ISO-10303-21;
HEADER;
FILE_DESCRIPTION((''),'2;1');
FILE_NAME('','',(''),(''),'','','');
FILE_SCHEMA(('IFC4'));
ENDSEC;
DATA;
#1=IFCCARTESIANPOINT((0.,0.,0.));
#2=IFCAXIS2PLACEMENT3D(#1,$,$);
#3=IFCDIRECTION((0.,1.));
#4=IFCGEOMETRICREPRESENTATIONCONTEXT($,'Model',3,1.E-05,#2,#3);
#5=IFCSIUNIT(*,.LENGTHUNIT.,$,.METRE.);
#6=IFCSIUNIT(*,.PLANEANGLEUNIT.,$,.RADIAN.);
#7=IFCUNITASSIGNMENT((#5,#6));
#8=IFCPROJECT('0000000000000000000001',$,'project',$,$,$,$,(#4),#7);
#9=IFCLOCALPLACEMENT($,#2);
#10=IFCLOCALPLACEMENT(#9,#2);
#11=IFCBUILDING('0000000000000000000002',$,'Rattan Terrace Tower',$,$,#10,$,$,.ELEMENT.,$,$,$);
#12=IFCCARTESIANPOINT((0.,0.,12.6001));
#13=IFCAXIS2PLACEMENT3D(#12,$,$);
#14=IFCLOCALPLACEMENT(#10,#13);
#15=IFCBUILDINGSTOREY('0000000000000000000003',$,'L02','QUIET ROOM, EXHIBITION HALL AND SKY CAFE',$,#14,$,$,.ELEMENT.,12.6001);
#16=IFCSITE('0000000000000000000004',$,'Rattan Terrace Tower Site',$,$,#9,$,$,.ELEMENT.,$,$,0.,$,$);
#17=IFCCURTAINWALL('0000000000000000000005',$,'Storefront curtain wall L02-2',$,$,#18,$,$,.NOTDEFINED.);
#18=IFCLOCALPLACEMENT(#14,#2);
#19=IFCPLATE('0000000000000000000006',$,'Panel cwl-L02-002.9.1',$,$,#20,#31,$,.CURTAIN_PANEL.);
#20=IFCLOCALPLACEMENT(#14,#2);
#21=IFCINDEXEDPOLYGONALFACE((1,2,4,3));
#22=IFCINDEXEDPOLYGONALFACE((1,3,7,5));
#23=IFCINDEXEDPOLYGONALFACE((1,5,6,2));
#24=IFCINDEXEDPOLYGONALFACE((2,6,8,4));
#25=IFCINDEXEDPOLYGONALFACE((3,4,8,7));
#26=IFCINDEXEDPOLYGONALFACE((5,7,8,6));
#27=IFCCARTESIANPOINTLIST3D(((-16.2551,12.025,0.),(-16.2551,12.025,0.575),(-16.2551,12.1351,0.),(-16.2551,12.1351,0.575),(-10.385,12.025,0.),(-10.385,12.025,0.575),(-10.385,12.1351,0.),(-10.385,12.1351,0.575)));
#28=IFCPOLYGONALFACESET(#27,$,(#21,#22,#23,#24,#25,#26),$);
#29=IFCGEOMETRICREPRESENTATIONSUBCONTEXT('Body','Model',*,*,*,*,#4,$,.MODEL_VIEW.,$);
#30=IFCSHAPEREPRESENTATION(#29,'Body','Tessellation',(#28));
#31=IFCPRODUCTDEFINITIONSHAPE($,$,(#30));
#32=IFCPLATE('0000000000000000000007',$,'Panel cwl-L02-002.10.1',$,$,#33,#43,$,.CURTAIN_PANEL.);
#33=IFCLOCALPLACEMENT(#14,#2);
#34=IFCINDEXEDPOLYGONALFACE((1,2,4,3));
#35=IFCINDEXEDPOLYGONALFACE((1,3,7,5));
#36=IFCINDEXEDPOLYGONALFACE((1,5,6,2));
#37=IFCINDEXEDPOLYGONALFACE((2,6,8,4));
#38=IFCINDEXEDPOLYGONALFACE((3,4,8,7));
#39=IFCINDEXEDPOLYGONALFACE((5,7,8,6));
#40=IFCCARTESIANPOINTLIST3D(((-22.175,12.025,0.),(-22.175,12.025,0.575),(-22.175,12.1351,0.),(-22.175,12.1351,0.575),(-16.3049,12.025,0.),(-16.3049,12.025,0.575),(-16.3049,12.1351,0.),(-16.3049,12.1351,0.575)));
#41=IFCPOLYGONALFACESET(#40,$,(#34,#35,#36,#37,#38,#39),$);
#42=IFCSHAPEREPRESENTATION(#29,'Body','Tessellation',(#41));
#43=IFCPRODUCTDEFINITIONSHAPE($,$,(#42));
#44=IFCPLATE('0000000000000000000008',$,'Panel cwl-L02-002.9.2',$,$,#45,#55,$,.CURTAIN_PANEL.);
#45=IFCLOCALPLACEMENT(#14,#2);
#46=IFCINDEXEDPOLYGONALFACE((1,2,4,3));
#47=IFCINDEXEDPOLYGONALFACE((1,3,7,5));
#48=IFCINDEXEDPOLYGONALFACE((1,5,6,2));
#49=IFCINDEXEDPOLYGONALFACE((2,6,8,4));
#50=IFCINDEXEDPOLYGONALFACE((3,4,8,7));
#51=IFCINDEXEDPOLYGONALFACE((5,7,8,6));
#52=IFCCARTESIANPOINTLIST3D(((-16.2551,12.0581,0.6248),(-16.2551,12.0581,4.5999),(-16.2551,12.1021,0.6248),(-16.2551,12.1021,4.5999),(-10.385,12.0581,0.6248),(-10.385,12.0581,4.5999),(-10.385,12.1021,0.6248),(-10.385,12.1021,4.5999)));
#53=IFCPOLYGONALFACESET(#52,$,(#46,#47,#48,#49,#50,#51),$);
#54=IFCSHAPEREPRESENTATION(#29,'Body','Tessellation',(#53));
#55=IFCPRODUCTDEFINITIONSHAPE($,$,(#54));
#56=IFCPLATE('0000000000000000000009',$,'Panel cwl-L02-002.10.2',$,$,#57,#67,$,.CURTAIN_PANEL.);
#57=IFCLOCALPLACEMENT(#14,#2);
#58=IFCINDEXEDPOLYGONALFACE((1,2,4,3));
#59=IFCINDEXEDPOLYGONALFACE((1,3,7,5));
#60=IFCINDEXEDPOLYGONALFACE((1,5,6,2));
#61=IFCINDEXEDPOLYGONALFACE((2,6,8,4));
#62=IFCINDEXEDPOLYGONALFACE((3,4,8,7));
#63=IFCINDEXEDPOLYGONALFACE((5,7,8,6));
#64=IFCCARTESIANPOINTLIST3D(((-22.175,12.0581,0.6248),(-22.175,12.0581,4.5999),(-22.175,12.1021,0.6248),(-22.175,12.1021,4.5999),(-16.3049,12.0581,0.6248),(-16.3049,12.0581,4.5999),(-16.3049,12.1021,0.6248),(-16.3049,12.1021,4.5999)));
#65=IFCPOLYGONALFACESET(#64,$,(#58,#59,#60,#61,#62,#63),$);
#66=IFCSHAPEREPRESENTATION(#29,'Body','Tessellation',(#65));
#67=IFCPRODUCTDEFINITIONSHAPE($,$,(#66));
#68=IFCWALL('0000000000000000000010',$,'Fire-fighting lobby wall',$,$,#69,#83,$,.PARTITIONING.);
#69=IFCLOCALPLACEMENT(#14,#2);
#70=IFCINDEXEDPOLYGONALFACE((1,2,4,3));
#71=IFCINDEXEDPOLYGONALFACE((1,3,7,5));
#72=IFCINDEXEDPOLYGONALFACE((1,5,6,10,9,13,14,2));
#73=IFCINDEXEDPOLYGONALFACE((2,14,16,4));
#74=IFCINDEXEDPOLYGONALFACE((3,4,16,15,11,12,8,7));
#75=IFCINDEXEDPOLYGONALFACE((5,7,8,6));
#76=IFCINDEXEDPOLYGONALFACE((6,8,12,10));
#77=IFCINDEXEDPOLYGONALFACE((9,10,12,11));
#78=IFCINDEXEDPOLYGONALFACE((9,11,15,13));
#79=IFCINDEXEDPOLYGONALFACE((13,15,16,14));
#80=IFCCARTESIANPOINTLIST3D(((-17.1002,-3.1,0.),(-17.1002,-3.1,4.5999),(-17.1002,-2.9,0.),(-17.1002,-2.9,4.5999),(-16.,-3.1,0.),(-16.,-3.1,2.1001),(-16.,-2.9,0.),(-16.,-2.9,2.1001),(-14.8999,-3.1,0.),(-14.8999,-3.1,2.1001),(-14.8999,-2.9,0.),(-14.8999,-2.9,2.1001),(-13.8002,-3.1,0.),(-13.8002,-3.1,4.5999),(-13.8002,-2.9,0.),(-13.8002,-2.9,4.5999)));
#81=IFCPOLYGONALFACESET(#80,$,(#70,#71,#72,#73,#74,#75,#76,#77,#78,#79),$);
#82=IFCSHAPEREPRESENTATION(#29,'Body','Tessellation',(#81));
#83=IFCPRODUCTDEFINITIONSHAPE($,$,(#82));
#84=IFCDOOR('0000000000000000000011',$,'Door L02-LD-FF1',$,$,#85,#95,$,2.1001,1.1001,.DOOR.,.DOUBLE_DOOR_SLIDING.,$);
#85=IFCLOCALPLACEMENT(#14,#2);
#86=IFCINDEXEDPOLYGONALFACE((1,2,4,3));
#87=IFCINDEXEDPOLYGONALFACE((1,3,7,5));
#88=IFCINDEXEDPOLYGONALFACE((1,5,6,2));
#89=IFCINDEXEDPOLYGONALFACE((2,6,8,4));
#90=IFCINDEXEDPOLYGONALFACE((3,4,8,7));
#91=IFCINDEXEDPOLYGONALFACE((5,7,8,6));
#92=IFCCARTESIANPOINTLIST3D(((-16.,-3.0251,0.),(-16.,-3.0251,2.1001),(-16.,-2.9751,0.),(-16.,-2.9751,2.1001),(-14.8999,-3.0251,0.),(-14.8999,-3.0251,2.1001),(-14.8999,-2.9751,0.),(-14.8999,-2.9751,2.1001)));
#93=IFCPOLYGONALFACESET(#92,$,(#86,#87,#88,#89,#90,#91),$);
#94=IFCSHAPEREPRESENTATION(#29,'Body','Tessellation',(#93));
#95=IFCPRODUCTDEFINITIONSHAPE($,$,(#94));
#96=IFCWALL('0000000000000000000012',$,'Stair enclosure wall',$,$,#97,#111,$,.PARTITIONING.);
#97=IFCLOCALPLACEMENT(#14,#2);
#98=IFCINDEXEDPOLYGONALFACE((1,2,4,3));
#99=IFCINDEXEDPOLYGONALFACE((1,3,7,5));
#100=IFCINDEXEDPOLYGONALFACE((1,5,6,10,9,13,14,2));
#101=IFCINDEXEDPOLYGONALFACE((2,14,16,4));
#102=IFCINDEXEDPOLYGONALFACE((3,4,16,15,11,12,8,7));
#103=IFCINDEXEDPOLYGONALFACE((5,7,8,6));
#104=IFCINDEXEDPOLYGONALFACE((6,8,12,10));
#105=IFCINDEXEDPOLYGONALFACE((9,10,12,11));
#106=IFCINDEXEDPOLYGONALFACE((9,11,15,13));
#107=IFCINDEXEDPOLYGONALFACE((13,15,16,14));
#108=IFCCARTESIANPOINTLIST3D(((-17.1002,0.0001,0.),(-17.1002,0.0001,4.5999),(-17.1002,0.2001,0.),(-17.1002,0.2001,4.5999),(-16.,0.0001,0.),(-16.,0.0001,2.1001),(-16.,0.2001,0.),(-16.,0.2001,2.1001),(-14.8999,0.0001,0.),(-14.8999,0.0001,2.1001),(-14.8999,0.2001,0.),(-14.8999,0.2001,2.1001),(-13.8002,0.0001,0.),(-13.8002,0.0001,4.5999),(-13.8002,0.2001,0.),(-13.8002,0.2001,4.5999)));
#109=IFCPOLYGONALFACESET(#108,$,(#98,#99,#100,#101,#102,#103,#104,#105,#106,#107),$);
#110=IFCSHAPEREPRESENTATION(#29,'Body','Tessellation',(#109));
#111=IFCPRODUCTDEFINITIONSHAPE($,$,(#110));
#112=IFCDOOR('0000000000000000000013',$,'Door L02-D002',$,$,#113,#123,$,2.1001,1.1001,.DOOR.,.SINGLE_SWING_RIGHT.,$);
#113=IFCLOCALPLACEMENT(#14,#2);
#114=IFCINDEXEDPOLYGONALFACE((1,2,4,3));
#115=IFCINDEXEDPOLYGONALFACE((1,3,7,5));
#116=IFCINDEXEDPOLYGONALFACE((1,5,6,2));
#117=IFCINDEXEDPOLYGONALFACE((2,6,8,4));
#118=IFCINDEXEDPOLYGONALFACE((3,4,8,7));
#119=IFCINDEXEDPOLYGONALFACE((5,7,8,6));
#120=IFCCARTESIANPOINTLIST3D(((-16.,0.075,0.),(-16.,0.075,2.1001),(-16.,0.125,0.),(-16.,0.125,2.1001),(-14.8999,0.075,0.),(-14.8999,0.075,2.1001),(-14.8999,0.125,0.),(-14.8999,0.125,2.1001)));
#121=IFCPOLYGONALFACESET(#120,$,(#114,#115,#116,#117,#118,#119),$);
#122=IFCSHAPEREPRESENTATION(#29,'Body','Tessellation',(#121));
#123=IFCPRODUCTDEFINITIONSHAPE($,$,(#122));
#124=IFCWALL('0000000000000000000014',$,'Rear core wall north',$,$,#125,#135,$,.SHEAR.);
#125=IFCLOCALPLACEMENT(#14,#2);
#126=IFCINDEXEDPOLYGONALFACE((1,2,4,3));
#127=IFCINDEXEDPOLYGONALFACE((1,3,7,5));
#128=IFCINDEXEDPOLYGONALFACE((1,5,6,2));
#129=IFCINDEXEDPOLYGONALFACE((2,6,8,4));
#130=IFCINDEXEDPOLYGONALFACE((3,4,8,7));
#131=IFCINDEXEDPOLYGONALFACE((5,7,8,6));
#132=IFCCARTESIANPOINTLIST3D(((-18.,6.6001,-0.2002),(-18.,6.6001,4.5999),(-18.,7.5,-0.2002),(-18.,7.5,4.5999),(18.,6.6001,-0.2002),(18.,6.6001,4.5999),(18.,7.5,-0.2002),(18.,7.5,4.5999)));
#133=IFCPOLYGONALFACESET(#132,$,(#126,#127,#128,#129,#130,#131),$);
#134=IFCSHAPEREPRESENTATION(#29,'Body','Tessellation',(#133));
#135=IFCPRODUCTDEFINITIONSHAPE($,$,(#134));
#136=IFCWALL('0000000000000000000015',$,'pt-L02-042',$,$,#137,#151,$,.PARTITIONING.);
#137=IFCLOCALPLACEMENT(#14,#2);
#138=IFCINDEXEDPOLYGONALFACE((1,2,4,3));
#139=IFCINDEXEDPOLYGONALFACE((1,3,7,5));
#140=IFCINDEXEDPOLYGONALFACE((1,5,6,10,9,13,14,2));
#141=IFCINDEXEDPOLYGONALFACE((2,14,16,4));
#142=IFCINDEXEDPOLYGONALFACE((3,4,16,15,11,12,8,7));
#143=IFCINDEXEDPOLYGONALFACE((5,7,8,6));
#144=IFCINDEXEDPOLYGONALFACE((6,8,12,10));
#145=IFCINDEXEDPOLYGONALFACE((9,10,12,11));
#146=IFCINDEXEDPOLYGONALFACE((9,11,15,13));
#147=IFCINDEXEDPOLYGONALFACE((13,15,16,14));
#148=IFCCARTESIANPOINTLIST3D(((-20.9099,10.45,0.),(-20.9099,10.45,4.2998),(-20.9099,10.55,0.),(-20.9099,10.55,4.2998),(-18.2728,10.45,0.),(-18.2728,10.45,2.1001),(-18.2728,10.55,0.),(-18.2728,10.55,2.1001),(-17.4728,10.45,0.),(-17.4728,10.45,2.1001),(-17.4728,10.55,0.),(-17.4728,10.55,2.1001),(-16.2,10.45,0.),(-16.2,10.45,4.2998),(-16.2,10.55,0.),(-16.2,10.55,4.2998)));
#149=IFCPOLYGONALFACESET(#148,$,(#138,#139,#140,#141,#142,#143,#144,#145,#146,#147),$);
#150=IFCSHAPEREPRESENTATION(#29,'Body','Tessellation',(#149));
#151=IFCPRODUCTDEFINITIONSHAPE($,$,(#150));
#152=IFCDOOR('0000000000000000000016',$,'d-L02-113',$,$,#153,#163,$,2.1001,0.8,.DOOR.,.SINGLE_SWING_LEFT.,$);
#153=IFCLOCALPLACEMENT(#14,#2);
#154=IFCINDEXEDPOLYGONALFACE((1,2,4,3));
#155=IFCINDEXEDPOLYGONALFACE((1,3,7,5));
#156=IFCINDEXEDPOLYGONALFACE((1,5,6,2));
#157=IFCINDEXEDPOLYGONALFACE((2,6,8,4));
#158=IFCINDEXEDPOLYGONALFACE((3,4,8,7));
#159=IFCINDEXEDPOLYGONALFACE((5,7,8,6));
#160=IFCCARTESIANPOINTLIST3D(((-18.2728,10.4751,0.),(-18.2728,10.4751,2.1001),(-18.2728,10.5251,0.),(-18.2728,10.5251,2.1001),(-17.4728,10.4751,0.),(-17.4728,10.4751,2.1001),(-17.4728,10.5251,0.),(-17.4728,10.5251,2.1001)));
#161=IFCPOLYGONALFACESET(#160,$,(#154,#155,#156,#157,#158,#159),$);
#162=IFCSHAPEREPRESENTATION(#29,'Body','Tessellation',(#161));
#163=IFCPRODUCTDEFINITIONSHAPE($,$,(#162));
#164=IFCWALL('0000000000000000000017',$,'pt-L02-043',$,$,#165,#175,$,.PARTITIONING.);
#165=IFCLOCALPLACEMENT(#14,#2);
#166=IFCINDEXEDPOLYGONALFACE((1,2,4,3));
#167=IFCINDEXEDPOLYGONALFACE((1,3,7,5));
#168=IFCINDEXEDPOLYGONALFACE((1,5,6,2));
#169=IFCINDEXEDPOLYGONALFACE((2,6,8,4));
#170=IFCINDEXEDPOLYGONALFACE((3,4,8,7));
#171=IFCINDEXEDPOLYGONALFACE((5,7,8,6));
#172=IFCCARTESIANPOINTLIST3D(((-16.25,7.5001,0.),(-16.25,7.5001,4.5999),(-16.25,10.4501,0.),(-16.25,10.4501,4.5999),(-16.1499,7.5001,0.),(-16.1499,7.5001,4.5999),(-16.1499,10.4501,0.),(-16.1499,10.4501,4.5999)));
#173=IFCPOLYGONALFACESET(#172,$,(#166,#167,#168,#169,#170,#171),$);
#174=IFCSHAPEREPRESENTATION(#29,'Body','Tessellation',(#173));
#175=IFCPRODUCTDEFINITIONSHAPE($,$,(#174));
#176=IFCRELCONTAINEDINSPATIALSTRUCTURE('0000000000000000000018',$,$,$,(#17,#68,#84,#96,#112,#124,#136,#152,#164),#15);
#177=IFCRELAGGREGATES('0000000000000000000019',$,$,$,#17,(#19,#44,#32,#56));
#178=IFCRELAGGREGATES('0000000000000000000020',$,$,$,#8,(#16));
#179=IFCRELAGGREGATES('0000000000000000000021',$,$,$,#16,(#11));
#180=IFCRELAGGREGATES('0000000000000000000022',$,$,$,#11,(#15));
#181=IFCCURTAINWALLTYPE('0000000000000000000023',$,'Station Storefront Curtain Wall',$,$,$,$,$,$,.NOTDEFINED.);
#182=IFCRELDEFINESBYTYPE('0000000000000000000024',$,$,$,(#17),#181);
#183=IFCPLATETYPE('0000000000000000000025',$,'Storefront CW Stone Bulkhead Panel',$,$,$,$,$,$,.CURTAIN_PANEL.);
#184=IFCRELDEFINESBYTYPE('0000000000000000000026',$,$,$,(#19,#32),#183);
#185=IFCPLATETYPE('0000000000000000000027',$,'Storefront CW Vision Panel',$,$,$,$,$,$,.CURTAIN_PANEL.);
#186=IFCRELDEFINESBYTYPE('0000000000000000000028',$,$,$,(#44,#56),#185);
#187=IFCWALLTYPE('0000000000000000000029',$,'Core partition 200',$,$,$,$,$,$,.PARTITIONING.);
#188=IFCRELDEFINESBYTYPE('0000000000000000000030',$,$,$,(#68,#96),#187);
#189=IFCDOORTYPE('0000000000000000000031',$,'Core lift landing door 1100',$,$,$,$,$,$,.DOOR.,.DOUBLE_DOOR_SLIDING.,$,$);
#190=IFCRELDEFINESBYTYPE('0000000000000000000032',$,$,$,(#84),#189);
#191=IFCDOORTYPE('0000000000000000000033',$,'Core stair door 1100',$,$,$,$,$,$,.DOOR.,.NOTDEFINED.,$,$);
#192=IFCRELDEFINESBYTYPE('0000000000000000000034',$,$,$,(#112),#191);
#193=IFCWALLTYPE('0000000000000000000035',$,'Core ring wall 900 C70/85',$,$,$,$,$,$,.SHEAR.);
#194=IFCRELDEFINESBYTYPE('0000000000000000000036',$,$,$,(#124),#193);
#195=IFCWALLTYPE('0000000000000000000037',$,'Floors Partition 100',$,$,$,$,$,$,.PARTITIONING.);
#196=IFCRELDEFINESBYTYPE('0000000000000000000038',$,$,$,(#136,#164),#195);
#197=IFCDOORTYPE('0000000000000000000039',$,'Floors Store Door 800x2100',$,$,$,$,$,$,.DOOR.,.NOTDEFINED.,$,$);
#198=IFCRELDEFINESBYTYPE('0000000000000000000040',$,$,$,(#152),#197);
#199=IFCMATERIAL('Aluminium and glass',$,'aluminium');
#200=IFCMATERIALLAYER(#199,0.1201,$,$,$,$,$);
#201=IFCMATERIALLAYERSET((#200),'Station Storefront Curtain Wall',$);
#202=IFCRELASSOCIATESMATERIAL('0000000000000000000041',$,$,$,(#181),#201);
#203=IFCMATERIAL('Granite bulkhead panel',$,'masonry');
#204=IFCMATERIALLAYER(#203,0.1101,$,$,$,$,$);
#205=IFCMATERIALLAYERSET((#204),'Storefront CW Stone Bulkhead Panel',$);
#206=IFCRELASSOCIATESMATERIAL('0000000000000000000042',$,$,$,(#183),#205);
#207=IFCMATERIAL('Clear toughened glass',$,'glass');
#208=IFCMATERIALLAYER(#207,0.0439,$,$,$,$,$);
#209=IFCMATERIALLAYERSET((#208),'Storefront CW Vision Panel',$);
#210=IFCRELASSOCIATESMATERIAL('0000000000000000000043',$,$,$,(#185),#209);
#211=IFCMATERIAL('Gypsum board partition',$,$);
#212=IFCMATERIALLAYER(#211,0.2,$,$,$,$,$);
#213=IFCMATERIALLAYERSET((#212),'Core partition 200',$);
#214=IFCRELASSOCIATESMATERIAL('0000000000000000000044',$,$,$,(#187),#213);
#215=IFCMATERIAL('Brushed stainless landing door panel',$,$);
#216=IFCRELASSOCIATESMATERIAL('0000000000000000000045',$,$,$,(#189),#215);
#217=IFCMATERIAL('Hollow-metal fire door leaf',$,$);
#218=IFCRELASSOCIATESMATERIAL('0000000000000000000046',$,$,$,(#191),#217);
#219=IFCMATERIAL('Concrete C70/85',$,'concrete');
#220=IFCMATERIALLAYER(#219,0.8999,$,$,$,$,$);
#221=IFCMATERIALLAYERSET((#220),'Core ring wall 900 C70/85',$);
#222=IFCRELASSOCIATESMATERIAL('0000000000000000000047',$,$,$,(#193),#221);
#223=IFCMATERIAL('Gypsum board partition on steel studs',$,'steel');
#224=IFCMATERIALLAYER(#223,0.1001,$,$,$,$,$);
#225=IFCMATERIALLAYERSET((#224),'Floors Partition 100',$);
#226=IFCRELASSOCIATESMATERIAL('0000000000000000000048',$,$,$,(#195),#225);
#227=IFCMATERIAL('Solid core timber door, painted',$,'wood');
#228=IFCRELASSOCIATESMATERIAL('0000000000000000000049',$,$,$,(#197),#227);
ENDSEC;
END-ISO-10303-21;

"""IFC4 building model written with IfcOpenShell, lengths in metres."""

from ifc_helpers import new_model, si_unit, direction, frame, frame_2d, origin, origin_2d, place, context, subcontext, project, spatial, rectangle, extrude, material, layer, layer_set, type_object, element, fill, aggregate, save


model = new_model("IFC4")

# Units and contexts
model_context = context("Model", 3, precision=1e-05, world=origin(), true_north=direction((0.0, 1.0)))
body_context = subcontext(model_context, "Body", "Model", "MODEL_VIEW")
ifc_project = project(units=[si_unit("LENGTHUNIT", "METRE"), si_unit("PLANEANGLEUNIT", "RADIAN")], contexts=[model_context])

# Site, building, storey
site_placement = place(None, origin())
site = spatial("IfcSite", under=ifc_project, at=site_placement, Name="Rattan Terrace Tower Site", CompositionType="ELEMENT", RefElevation=0.0)
building_placement = place(site_placement, origin())
building = spatial("IfcBuilding", under=site, at=building_placement, Name="Rattan Terrace Tower", CompositionType="ELEMENT")
storey_placement = place(building_placement, frame((0.0, 0.0, 12.6001)))
storey = spatial("IfcBuildingStorey", under=building, at=storey_placement, Name="L02", Description="QUIET ROOM, EXHIBITION HALL AND SKY CAFE", CompositionType="ELEMENT", Elevation=12.6001)

# Curtain wall, plates
ifc_material_1 = material(Name="Aluminium and glass", Category="aluminium")
ifc_layer_1 = layer(ifc_material_1, 0.1201)
ifc_layer_set_1 = layer_set([ifc_layer_1], Name="Station Storefront Curtain Wall")
curtain_wall_type = type_object("IfcCurtainWallType", Name="Station Storefront Curtain Wall", PredefinedType="NOTDEFINED", material=ifc_layer_set_1)
curtain_wall_placement = place(storey_placement, origin())
curtain_wall = element("IfcCurtainWall", 1, at=curtain_wall_placement, inside=storey, type_object=curtain_wall_type, Name="Storefront curtain wall L02-2", PredefinedType="NOTDEFINED")
ifc_material_2 = material(Name="Granite bulkhead panel", Category="masonry")
ifc_layer_2 = layer(ifc_material_2, 0.1101)
ifc_layer_set_2 = layer_set([ifc_layer_2], Name="Storefront CW Stone Bulkhead Panel")
plate_type_1 = type_object("IfcPlateType", Name="Storefront CW Stone Bulkhead Panel", PredefinedType="CURTAIN_PANEL", material=ifc_layer_set_2)
plate_1_placement = place(storey_placement, frame((-13.3201, 12.0801, 0.0), z_axis=(0.0, 0.0, 1.0), x_axis=(-1.0, 0.0, 0.0)))
plate_1 = element("IfcPlate", 2, at=plate_1_placement, type_object=plate_type_1, Name="Panel cwl-L02-002.9.1", PredefinedType="CURTAIN_PANEL", context=body_context, shape_type="SweptSolid", body=[
    extrude(rectangle(XDim=5.8701, YDim=0.1101, at=origin_2d()), origin(), (0.0, 0.0, 1.0), 0.575),
])
plate_2_placement = place(storey_placement, frame((-19.24, 12.0801, 0.0), z_axis=(0.0, 0.0, 1.0), x_axis=(-1.0, 0.0, 0.0)))
plate_2 = element("IfcPlate", 3, at=plate_2_placement, type_object=plate_type_1, Name="Panel cwl-L02-002.10.1", PredefinedType="CURTAIN_PANEL", context=body_context, shape_type="SweptSolid", body=[
    extrude(rectangle(XDim=5.8701, YDim=0.1101, at=origin_2d()), origin(), (0.0, 0.0, 1.0), 0.575),
])
ifc_material_3 = material(Name="Clear toughened glass", Category="glass")
ifc_layer_3 = layer(ifc_material_3, 0.0439)
ifc_layer_set_3 = layer_set([ifc_layer_3], Name="Storefront CW Vision Panel")
plate_type_2 = type_object("IfcPlateType", Name="Storefront CW Vision Panel", PredefinedType="CURTAIN_PANEL", material=ifc_layer_set_3)
plate_3_placement = place(storey_placement, frame((-13.3201, 12.0801, 0.6248), z_axis=(0.0, 0.0, 1.0), x_axis=(-1.0, 0.0, 0.0)))
plate_3 = element("IfcPlate", 4, at=plate_3_placement, type_object=plate_type_2, Name="Panel cwl-L02-002.9.2", PredefinedType="CURTAIN_PANEL", context=body_context, shape_type="SweptSolid", body=[
    extrude(rectangle(XDim=5.8701, YDim=0.0439, at=origin_2d()), origin(), (0.0, 0.0, 1.0), 3.9751),
])
plate_4_placement = place(storey_placement, frame((-19.24, 12.0801, 0.6248), z_axis=(0.0, 0.0, 1.0), x_axis=(-1.0, 0.0, 0.0)))
plate_4 = element("IfcPlate", 5, at=plate_4_placement, type_object=plate_type_2, Name="Panel cwl-L02-002.10.2", PredefinedType="CURTAIN_PANEL", context=body_context, shape_type="SweptSolid", body=[
    extrude(rectangle(XDim=5.8701, YDim=0.0439, at=origin_2d()), origin(), (0.0, 0.0, 1.0), 3.9751),
])
aggregate(curtain_wall, [plate_1, plate_3, plate_2, plate_4])

# Walls, openings, doors
ifc_material_4 = material(Name="Gypsum board partition")
ifc_layer_4 = layer(ifc_material_4, 0.2)
ifc_layer_set_4 = layer_set([ifc_layer_4], Name="Core partition 200")
wall_type_1 = type_object("IfcWallType", Name="Core partition 200", PredefinedType="PARTITIONING", material=ifc_layer_set_4)
wall_1_placement = place(storey_placement, frame((-17.1001, -3.0, 0.0), z_axis=(0.0, 0.0, 1.0), x_axis=(1.0, 0.0, 0.0)))
wall_1 = element("IfcWall", 6, at=wall_1_placement, inside=storey, type_object=wall_type_1, Name="Fire-fighting lobby wall", PredefinedType="PARTITIONING", context=body_context, shape_type="SweptSolid", body=[
    extrude(rectangle(XDim=3.3, YDim=0.2, at=frame_2d((1.6499, 0.0))), origin(), (0.0, 0.0, 1.0), 4.5999),
])
opening_1_placement = place(wall_1_placement, frame((1.1001, 0.0, 0.0)))
opening_1 = element("IfcOpeningElement", 7, at=opening_1_placement, cuts=wall_1, PredefinedType="OPENING", context=body_context, shape_type="SweptSolid", body=[
    extrude(rectangle(XDim=1.1001, YDim=2.1001, at=frame_2d((0.55, 1.05))), frame((0.0, 0.1106, 0.0), z_axis=(0.0, -1.0, 0.0), x_axis=(1.0, 0.0, 0.0)), (0.0, 0.0, 1.0), 0.2209),
])
ifc_material_5 = material(Name="Brushed stainless landing door panel")
door_type_1 = type_object("IfcDoorType", Name="Core lift landing door 1100", OperationType="DOUBLE_DOOR_SLIDING", PredefinedType="DOOR", material=ifc_material_5)
door_1_placement = place(opening_1_placement, origin())
door_1 = element("IfcDoor", 8, at=door_1_placement, inside=storey, type_object=door_type_1, Name="Door L02-LD-FF1", OperationType="DOUBLE_DOOR_SLIDING", OverallHeight=2.1001, OverallWidth=1.1001, PredefinedType="DOOR", context=body_context, shape_type="SweptSolid", body=[
    extrude(rectangle(XDim=1.1001, YDim=2.1001, at=frame_2d((0.55, 1.05))), frame((0.0, 0.0249, 0.0), z_axis=(0.0, -1.0, 0.0), x_axis=(1.0, 0.0, 0.0)), (0.0, 0.0, 1.0), 0.05),
])
fill(opening_1, door_1)
wall_2_placement = place(storey_placement, frame((-17.1001, 0.1001, 0.0), z_axis=(0.0, 0.0, 1.0), x_axis=(1.0, 0.0, 0.0)))
wall_2 = element("IfcWall", 9, at=wall_2_placement, inside=storey, type_object=wall_type_1, Name="Stair enclosure wall", PredefinedType="PARTITIONING", context=body_context, shape_type="SweptSolid", body=[
    extrude(rectangle(XDim=3.3, YDim=0.2, at=frame_2d((1.6499, 0.0))), origin(), (0.0, 0.0, 1.0), 4.5999),
])
opening_2_placement = place(wall_2_placement, frame((1.1001, 0.0, 0.0)))
opening_2 = element("IfcOpeningElement", 10, at=opening_2_placement, cuts=wall_2, PredefinedType="OPENING", context=body_context, shape_type="SweptSolid", body=[
    extrude(rectangle(XDim=1.1001, YDim=2.1001, at=frame_2d((0.55, 1.05))), frame((0.0, 0.1106, 0.0), z_axis=(0.0, -1.0, 0.0), x_axis=(1.0, 0.0, 0.0)), (0.0, 0.0, 1.0), 0.2209),
])
ifc_material_6 = material(Name="Hollow-metal fire door leaf")
door_type_2 = type_object("IfcDoorType", Name="Core stair door 1100", OperationType="NOTDEFINED", PredefinedType="DOOR", material=ifc_material_6)
door_2_placement = place(opening_2_placement, origin())
door_2 = element("IfcDoor", 11, at=door_2_placement, inside=storey, type_object=door_type_2, Name="Door L02-D002", OperationType="SINGLE_SWING_RIGHT", OverallHeight=2.1001, OverallWidth=1.1001, PredefinedType="DOOR", context=body_context, shape_type="SweptSolid", body=[
    extrude(rectangle(XDim=1.1001, YDim=2.1001, at=frame_2d((0.55, 1.05))), frame((0.0, 0.0249, 0.0), z_axis=(0.0, -1.0, 0.0), x_axis=(1.0, 0.0, 0.0)), (0.0, 0.0, 1.0), 0.05),
])
fill(opening_2, door_2)

# Wall
ifc_material_7 = material(Name="Concrete C70/85", Category="concrete")
ifc_layer_5 = layer(ifc_material_7, 0.8999)
ifc_layer_set_5 = layer_set([ifc_layer_5], Name="Core ring wall 900 C70/85")
wall_type_2 = type_object("IfcWallType", Name="Core ring wall 900 C70/85", PredefinedType="SHEAR", material=ifc_layer_set_5)
wall_3_placement = place(storey_placement, frame((-18.0, 7.05, -0.2002), z_axis=(0.0, 0.0, 1.0), x_axis=(1.0, 0.0, 0.0)))
element("IfcWall", 12, at=wall_3_placement, inside=storey, type_object=wall_type_2, Name="Rear core wall north", PredefinedType="SHEAR", context=body_context, shape_type="SweptSolid", body=[
    extrude(rectangle(XDim=36.0, YDim=0.8999, at=frame_2d((18.0, 0.0))), origin(), (0.0, 0.0, 1.0), 4.8),
])

# Wall, opening, door
ifc_material_8 = material(Name="Gypsum board partition on steel studs", Category="steel")
ifc_layer_6 = layer(ifc_material_8, 0.1001)
ifc_layer_set_6 = layer_set([ifc_layer_6], Name="Floors Partition 100")
wall_type_3 = type_object("IfcWallType", Name="Floors Partition 100", PredefinedType="PARTITIONING", material=ifc_layer_set_6)
wall_4_placement = place(storey_placement, frame((-16.2, 10.5, 0.0), z_axis=(0.0, 0.0, 1.0), x_axis=(-1.0, 0.0, 0.0)))
wall_4 = element("IfcWall", 13, at=wall_4_placement, inside=storey, type_object=wall_type_3, Name="pt-L02-042", PredefinedType="PARTITIONING", context=body_context, shape_type="SweptSolid", body=[
    extrude(rectangle(XDim=4.71, YDim=0.1001, at=frame_2d((2.355, 0.0))), origin(), (0.0, 0.0, 1.0), 4.2998),
])
opening_3_placement = place(wall_4_placement, frame((1.2729, 0.0, 0.0)))
opening_3 = element("IfcOpeningElement", 14, at=opening_3_placement, cuts=wall_4, PredefinedType="OPENING", context=body_context, shape_type="SweptSolid", body=[
    extrude(rectangle(XDim=0.8, YDim=2.1001, at=frame_2d((0.3999, 1.05))), frame((0.0, 0.0605, 0.0), z_axis=(0.0, -1.0, 0.0), x_axis=(1.0, 0.0, 0.0)), (0.0, 0.0, 1.0), 0.1211),
])
ifc_material_9 = material(Name="Solid core timber door, painted", Category="wood")
door_type_3 = type_object("IfcDoorType", Name="Floors Store Door 800x2100", OperationType="NOTDEFINED", PredefinedType="DOOR", material=ifc_material_9)
door_3_placement = place(opening_3_placement, origin())
door_3 = element("IfcDoor", 15, at=door_3_placement, inside=storey, type_object=door_type_3, Name="d-L02-113", OperationType="SINGLE_SWING_LEFT", OverallHeight=2.1001, OverallWidth=0.8, PredefinedType="DOOR", context=body_context, shape_type="SweptSolid", body=[
    extrude(rectangle(XDim=0.8, YDim=2.1001, at=frame_2d((0.3999, 1.05))), frame((0.0, 0.0249, 0.0), z_axis=(0.0, -1.0, 0.0), x_axis=(1.0, 0.0, 0.0)), (0.0, 0.0, 1.0), 0.05),
])
fill(opening_3, door_3)

# Wall
wall_5_placement = place(storey_placement, frame((-16.2, 7.5, 0.0), z_axis=(0.0, 0.0, 1.0), x_axis=(0.0, 1.0, 0.0)))
element("IfcWall", 16, at=wall_5_placement, inside=storey, type_object=wall_type_3, Name="pt-L02-043", PredefinedType="PARTITIONING", context=body_context, shape_type="SweptSolid", body=[
    extrude(rectangle(XDim=2.95, YDim=0.1001, at=frame_2d((1.4751, 0.0))), origin(), (0.0, 0.0, 1.0), 4.5999),
])

save(model, "model.ifc")
